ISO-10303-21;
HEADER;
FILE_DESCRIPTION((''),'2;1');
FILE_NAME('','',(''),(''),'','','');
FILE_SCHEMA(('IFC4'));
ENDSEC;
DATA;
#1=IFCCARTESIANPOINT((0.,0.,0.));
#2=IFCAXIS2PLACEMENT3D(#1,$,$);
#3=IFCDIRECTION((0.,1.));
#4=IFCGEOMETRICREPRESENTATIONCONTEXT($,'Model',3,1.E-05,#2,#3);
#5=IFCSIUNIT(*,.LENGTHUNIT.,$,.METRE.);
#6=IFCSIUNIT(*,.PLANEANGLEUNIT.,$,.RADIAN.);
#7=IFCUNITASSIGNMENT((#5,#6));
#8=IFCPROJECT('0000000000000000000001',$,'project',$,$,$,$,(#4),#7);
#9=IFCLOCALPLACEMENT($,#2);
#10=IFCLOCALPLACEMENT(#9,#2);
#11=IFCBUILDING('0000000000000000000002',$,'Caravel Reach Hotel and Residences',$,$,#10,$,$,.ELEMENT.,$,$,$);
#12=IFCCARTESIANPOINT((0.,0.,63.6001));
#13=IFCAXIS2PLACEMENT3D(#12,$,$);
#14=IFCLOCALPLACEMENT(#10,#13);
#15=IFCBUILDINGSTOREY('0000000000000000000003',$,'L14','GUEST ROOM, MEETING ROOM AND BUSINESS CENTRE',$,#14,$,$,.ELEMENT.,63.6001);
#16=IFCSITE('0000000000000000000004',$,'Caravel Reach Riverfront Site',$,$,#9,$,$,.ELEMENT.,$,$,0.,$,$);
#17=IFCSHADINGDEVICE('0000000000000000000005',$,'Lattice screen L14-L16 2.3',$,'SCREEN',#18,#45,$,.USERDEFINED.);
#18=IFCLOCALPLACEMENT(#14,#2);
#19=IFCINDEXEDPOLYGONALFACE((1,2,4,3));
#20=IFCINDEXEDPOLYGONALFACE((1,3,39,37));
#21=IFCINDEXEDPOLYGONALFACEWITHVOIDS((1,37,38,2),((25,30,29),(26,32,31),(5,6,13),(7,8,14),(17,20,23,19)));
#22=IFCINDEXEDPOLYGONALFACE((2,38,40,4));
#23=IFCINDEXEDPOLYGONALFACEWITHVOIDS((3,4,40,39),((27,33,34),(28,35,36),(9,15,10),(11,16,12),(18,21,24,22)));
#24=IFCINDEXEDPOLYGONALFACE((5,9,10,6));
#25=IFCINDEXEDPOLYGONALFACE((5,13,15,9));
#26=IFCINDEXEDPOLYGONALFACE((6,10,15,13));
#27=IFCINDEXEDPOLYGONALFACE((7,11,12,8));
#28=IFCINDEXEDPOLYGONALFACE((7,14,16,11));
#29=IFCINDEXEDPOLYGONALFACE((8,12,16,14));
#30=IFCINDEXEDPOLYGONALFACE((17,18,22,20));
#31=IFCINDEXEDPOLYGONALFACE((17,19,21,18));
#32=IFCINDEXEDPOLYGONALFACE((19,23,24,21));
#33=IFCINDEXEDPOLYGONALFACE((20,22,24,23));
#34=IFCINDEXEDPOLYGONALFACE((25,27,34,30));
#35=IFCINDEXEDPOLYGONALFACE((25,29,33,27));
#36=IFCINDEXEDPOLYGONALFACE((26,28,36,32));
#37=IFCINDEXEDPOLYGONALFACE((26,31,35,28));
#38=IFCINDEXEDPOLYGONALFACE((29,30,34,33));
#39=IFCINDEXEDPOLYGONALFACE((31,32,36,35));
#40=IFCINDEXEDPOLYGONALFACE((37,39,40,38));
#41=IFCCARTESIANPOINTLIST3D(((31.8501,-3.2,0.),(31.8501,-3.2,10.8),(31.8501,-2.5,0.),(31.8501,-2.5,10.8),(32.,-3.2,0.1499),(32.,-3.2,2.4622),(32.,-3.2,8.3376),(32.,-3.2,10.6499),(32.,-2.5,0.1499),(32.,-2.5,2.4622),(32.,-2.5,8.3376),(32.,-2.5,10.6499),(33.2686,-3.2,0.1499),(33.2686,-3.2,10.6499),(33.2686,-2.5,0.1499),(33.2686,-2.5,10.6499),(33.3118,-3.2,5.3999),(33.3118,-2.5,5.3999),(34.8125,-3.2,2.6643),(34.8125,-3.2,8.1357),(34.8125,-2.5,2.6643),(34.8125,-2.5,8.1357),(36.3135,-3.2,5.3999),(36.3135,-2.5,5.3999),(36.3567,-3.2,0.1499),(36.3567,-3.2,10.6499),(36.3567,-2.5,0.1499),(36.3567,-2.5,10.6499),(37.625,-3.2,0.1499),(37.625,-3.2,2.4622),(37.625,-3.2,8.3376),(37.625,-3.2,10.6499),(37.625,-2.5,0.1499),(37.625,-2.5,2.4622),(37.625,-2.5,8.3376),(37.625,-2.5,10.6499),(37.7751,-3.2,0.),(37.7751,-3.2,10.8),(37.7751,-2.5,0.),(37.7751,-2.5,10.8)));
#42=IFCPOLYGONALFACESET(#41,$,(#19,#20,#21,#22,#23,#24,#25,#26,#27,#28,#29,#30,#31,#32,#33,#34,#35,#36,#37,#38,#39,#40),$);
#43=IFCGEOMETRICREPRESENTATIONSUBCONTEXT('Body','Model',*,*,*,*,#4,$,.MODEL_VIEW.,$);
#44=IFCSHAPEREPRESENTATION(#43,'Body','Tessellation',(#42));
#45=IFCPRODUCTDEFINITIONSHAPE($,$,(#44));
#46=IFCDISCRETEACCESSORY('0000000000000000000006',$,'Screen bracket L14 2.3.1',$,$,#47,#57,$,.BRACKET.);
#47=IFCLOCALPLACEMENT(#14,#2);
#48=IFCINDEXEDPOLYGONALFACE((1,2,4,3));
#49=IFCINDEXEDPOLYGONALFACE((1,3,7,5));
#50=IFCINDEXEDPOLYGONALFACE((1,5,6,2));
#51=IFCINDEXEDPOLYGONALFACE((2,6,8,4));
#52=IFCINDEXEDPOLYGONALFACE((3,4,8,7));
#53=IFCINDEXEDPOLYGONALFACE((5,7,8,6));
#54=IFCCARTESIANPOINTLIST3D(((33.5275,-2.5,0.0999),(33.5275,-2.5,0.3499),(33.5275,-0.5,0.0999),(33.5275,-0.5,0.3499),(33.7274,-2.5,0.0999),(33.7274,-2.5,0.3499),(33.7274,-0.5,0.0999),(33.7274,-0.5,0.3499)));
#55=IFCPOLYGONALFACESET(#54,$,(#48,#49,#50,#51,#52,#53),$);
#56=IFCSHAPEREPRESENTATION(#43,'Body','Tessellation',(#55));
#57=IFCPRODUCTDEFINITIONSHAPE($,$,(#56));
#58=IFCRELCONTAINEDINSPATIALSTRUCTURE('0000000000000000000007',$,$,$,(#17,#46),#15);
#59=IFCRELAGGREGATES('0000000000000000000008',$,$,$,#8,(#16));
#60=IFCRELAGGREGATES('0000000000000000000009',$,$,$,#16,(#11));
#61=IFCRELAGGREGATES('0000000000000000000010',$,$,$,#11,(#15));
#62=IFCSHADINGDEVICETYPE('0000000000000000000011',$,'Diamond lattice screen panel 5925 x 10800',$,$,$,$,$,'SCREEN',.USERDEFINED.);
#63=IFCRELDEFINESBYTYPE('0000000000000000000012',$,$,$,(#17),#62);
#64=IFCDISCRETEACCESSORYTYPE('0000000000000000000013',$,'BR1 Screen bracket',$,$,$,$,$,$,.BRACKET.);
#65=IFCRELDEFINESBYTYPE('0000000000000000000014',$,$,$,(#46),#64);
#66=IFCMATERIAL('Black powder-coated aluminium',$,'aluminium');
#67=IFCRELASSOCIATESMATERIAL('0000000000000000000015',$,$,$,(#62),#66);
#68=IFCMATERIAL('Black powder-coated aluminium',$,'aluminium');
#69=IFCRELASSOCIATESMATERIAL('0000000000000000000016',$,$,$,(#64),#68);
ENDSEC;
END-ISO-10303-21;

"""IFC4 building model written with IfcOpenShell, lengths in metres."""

from ifc_helpers import new_model, si_unit, direction, frame, origin, origin_2d, place, context, subcontext, project, spatial, polyline, rectangle, outline, extrude, material, type_object, element, save


model = new_model("IFC4")

# Units and contexts
model_context = context("Model", 3, precision=1e-05, world=origin(), true_north=direction((0.0, 1.0)))
body_context = subcontext(model_context, "Body", "Model", "MODEL_VIEW")
ifc_project = project(units=[si_unit("LENGTHUNIT", "METRE"), si_unit("PLANEANGLEUNIT", "RADIAN")], contexts=[model_context])

# Site, building, storey
site_placement = place(None, origin())
site = spatial("IfcSite", under=ifc_project, at=site_placement, Name="Caravel Reach Riverfront Site", CompositionType="ELEMENT", RefElevation=0.0)
building_placement = place(site_placement, origin())
building = spatial("IfcBuilding", under=site, at=building_placement, Name="Caravel Reach Hotel and Residences", CompositionType="ELEMENT")
storey_placement = place(building_placement, frame((0.0, 0.0, 63.6001)))
storey = spatial("IfcBuildingStorey", under=building, at=storey_placement, Name="L14", Description="GUEST ROOM, MEETING ROOM AND BUSINESS CENTRE", CompositionType="ELEMENT", Elevation=63.6001)

# Shading device
ifc_material_1 = material(Name="Black powder-coated aluminium", Category="aluminium")
shading_device_type = type_object("IfcShadingDeviceType", Name="Diamond lattice screen panel 5925 x 10800", ElementType="SCREEN", PredefinedType="USERDEFINED", material=ifc_material_1)
shading_device_placement = place(storey_placement, frame((31.8501, -2.5, 0.0), z_axis=(0.0, -1.0, 0.0), x_axis=(1.0, 0.0, 0.0)))
element("IfcShadingDevice", 1, at=shading_device_placement, inside=storey, type_object=shading_device_type, Name="Lattice screen L14-L16 2.3", ObjectType="SCREEN", PredefinedType="USERDEFINED", context=body_context, shape_type="SweptSolid", body=[
    extrude(outline(polyline([(0.0, 0.0), (5.925, 0.0), (5.925, 10.8), (0.0, 10.8), (0.0, 0.0)]), holes=[polyline([(1.4185, 0.1499), (0.1499, 2.4622), (0.1499, 0.1499), (1.4185, 0.1499)]), polyline([(0.1499, 8.3376), (1.4185, 10.6499), (0.1499, 10.6499), (0.1499, 8.3376)]), polyline([(2.9624, 8.1357), (1.4617, 5.3999), (2.9624, 2.6643), (4.4634, 5.3999), (2.9624, 8.1357)]), polyline([(5.7749, 2.4622), (4.5066, 0.1499), (5.7749, 0.1499), (5.7749, 2.4622)]), polyline([(4.5066, 10.6499), (5.7749, 8.3376), (5.7749, 10.6499), (4.5066, 10.6499)])]), origin(), (0.0, 0.0, 1.0), 0.7),
])

# Discrete accessory
ifc_material_2 = material(Name="Black powder-coated aluminium", Category="aluminium")
discrete_accessory_type = type_object("IfcDiscreteAccessoryType", Name="BR1 Screen bracket", PredefinedType="BRACKET", material=ifc_material_2)
discrete_accessory_placement = place(storey_placement, frame((33.6274, -1.5, 0.0999), z_axis=(0.0, 0.0, 1.0), x_axis=(0.0, -1.0, 0.0)))
element("IfcDiscreteAccessory", 2, at=discrete_accessory_placement, inside=storey, type_object=discrete_accessory_type, Name="Screen bracket L14 2.3.1", PredefinedType="BRACKET", context=body_context, shape_type="SweptSolid", body=[
    extrude(rectangle(XDim=2.0, YDim=0.2, at=origin_2d()), origin(), (0.0, 0.0, 1.0), 0.25),
])

save(model, "model.ifc")
